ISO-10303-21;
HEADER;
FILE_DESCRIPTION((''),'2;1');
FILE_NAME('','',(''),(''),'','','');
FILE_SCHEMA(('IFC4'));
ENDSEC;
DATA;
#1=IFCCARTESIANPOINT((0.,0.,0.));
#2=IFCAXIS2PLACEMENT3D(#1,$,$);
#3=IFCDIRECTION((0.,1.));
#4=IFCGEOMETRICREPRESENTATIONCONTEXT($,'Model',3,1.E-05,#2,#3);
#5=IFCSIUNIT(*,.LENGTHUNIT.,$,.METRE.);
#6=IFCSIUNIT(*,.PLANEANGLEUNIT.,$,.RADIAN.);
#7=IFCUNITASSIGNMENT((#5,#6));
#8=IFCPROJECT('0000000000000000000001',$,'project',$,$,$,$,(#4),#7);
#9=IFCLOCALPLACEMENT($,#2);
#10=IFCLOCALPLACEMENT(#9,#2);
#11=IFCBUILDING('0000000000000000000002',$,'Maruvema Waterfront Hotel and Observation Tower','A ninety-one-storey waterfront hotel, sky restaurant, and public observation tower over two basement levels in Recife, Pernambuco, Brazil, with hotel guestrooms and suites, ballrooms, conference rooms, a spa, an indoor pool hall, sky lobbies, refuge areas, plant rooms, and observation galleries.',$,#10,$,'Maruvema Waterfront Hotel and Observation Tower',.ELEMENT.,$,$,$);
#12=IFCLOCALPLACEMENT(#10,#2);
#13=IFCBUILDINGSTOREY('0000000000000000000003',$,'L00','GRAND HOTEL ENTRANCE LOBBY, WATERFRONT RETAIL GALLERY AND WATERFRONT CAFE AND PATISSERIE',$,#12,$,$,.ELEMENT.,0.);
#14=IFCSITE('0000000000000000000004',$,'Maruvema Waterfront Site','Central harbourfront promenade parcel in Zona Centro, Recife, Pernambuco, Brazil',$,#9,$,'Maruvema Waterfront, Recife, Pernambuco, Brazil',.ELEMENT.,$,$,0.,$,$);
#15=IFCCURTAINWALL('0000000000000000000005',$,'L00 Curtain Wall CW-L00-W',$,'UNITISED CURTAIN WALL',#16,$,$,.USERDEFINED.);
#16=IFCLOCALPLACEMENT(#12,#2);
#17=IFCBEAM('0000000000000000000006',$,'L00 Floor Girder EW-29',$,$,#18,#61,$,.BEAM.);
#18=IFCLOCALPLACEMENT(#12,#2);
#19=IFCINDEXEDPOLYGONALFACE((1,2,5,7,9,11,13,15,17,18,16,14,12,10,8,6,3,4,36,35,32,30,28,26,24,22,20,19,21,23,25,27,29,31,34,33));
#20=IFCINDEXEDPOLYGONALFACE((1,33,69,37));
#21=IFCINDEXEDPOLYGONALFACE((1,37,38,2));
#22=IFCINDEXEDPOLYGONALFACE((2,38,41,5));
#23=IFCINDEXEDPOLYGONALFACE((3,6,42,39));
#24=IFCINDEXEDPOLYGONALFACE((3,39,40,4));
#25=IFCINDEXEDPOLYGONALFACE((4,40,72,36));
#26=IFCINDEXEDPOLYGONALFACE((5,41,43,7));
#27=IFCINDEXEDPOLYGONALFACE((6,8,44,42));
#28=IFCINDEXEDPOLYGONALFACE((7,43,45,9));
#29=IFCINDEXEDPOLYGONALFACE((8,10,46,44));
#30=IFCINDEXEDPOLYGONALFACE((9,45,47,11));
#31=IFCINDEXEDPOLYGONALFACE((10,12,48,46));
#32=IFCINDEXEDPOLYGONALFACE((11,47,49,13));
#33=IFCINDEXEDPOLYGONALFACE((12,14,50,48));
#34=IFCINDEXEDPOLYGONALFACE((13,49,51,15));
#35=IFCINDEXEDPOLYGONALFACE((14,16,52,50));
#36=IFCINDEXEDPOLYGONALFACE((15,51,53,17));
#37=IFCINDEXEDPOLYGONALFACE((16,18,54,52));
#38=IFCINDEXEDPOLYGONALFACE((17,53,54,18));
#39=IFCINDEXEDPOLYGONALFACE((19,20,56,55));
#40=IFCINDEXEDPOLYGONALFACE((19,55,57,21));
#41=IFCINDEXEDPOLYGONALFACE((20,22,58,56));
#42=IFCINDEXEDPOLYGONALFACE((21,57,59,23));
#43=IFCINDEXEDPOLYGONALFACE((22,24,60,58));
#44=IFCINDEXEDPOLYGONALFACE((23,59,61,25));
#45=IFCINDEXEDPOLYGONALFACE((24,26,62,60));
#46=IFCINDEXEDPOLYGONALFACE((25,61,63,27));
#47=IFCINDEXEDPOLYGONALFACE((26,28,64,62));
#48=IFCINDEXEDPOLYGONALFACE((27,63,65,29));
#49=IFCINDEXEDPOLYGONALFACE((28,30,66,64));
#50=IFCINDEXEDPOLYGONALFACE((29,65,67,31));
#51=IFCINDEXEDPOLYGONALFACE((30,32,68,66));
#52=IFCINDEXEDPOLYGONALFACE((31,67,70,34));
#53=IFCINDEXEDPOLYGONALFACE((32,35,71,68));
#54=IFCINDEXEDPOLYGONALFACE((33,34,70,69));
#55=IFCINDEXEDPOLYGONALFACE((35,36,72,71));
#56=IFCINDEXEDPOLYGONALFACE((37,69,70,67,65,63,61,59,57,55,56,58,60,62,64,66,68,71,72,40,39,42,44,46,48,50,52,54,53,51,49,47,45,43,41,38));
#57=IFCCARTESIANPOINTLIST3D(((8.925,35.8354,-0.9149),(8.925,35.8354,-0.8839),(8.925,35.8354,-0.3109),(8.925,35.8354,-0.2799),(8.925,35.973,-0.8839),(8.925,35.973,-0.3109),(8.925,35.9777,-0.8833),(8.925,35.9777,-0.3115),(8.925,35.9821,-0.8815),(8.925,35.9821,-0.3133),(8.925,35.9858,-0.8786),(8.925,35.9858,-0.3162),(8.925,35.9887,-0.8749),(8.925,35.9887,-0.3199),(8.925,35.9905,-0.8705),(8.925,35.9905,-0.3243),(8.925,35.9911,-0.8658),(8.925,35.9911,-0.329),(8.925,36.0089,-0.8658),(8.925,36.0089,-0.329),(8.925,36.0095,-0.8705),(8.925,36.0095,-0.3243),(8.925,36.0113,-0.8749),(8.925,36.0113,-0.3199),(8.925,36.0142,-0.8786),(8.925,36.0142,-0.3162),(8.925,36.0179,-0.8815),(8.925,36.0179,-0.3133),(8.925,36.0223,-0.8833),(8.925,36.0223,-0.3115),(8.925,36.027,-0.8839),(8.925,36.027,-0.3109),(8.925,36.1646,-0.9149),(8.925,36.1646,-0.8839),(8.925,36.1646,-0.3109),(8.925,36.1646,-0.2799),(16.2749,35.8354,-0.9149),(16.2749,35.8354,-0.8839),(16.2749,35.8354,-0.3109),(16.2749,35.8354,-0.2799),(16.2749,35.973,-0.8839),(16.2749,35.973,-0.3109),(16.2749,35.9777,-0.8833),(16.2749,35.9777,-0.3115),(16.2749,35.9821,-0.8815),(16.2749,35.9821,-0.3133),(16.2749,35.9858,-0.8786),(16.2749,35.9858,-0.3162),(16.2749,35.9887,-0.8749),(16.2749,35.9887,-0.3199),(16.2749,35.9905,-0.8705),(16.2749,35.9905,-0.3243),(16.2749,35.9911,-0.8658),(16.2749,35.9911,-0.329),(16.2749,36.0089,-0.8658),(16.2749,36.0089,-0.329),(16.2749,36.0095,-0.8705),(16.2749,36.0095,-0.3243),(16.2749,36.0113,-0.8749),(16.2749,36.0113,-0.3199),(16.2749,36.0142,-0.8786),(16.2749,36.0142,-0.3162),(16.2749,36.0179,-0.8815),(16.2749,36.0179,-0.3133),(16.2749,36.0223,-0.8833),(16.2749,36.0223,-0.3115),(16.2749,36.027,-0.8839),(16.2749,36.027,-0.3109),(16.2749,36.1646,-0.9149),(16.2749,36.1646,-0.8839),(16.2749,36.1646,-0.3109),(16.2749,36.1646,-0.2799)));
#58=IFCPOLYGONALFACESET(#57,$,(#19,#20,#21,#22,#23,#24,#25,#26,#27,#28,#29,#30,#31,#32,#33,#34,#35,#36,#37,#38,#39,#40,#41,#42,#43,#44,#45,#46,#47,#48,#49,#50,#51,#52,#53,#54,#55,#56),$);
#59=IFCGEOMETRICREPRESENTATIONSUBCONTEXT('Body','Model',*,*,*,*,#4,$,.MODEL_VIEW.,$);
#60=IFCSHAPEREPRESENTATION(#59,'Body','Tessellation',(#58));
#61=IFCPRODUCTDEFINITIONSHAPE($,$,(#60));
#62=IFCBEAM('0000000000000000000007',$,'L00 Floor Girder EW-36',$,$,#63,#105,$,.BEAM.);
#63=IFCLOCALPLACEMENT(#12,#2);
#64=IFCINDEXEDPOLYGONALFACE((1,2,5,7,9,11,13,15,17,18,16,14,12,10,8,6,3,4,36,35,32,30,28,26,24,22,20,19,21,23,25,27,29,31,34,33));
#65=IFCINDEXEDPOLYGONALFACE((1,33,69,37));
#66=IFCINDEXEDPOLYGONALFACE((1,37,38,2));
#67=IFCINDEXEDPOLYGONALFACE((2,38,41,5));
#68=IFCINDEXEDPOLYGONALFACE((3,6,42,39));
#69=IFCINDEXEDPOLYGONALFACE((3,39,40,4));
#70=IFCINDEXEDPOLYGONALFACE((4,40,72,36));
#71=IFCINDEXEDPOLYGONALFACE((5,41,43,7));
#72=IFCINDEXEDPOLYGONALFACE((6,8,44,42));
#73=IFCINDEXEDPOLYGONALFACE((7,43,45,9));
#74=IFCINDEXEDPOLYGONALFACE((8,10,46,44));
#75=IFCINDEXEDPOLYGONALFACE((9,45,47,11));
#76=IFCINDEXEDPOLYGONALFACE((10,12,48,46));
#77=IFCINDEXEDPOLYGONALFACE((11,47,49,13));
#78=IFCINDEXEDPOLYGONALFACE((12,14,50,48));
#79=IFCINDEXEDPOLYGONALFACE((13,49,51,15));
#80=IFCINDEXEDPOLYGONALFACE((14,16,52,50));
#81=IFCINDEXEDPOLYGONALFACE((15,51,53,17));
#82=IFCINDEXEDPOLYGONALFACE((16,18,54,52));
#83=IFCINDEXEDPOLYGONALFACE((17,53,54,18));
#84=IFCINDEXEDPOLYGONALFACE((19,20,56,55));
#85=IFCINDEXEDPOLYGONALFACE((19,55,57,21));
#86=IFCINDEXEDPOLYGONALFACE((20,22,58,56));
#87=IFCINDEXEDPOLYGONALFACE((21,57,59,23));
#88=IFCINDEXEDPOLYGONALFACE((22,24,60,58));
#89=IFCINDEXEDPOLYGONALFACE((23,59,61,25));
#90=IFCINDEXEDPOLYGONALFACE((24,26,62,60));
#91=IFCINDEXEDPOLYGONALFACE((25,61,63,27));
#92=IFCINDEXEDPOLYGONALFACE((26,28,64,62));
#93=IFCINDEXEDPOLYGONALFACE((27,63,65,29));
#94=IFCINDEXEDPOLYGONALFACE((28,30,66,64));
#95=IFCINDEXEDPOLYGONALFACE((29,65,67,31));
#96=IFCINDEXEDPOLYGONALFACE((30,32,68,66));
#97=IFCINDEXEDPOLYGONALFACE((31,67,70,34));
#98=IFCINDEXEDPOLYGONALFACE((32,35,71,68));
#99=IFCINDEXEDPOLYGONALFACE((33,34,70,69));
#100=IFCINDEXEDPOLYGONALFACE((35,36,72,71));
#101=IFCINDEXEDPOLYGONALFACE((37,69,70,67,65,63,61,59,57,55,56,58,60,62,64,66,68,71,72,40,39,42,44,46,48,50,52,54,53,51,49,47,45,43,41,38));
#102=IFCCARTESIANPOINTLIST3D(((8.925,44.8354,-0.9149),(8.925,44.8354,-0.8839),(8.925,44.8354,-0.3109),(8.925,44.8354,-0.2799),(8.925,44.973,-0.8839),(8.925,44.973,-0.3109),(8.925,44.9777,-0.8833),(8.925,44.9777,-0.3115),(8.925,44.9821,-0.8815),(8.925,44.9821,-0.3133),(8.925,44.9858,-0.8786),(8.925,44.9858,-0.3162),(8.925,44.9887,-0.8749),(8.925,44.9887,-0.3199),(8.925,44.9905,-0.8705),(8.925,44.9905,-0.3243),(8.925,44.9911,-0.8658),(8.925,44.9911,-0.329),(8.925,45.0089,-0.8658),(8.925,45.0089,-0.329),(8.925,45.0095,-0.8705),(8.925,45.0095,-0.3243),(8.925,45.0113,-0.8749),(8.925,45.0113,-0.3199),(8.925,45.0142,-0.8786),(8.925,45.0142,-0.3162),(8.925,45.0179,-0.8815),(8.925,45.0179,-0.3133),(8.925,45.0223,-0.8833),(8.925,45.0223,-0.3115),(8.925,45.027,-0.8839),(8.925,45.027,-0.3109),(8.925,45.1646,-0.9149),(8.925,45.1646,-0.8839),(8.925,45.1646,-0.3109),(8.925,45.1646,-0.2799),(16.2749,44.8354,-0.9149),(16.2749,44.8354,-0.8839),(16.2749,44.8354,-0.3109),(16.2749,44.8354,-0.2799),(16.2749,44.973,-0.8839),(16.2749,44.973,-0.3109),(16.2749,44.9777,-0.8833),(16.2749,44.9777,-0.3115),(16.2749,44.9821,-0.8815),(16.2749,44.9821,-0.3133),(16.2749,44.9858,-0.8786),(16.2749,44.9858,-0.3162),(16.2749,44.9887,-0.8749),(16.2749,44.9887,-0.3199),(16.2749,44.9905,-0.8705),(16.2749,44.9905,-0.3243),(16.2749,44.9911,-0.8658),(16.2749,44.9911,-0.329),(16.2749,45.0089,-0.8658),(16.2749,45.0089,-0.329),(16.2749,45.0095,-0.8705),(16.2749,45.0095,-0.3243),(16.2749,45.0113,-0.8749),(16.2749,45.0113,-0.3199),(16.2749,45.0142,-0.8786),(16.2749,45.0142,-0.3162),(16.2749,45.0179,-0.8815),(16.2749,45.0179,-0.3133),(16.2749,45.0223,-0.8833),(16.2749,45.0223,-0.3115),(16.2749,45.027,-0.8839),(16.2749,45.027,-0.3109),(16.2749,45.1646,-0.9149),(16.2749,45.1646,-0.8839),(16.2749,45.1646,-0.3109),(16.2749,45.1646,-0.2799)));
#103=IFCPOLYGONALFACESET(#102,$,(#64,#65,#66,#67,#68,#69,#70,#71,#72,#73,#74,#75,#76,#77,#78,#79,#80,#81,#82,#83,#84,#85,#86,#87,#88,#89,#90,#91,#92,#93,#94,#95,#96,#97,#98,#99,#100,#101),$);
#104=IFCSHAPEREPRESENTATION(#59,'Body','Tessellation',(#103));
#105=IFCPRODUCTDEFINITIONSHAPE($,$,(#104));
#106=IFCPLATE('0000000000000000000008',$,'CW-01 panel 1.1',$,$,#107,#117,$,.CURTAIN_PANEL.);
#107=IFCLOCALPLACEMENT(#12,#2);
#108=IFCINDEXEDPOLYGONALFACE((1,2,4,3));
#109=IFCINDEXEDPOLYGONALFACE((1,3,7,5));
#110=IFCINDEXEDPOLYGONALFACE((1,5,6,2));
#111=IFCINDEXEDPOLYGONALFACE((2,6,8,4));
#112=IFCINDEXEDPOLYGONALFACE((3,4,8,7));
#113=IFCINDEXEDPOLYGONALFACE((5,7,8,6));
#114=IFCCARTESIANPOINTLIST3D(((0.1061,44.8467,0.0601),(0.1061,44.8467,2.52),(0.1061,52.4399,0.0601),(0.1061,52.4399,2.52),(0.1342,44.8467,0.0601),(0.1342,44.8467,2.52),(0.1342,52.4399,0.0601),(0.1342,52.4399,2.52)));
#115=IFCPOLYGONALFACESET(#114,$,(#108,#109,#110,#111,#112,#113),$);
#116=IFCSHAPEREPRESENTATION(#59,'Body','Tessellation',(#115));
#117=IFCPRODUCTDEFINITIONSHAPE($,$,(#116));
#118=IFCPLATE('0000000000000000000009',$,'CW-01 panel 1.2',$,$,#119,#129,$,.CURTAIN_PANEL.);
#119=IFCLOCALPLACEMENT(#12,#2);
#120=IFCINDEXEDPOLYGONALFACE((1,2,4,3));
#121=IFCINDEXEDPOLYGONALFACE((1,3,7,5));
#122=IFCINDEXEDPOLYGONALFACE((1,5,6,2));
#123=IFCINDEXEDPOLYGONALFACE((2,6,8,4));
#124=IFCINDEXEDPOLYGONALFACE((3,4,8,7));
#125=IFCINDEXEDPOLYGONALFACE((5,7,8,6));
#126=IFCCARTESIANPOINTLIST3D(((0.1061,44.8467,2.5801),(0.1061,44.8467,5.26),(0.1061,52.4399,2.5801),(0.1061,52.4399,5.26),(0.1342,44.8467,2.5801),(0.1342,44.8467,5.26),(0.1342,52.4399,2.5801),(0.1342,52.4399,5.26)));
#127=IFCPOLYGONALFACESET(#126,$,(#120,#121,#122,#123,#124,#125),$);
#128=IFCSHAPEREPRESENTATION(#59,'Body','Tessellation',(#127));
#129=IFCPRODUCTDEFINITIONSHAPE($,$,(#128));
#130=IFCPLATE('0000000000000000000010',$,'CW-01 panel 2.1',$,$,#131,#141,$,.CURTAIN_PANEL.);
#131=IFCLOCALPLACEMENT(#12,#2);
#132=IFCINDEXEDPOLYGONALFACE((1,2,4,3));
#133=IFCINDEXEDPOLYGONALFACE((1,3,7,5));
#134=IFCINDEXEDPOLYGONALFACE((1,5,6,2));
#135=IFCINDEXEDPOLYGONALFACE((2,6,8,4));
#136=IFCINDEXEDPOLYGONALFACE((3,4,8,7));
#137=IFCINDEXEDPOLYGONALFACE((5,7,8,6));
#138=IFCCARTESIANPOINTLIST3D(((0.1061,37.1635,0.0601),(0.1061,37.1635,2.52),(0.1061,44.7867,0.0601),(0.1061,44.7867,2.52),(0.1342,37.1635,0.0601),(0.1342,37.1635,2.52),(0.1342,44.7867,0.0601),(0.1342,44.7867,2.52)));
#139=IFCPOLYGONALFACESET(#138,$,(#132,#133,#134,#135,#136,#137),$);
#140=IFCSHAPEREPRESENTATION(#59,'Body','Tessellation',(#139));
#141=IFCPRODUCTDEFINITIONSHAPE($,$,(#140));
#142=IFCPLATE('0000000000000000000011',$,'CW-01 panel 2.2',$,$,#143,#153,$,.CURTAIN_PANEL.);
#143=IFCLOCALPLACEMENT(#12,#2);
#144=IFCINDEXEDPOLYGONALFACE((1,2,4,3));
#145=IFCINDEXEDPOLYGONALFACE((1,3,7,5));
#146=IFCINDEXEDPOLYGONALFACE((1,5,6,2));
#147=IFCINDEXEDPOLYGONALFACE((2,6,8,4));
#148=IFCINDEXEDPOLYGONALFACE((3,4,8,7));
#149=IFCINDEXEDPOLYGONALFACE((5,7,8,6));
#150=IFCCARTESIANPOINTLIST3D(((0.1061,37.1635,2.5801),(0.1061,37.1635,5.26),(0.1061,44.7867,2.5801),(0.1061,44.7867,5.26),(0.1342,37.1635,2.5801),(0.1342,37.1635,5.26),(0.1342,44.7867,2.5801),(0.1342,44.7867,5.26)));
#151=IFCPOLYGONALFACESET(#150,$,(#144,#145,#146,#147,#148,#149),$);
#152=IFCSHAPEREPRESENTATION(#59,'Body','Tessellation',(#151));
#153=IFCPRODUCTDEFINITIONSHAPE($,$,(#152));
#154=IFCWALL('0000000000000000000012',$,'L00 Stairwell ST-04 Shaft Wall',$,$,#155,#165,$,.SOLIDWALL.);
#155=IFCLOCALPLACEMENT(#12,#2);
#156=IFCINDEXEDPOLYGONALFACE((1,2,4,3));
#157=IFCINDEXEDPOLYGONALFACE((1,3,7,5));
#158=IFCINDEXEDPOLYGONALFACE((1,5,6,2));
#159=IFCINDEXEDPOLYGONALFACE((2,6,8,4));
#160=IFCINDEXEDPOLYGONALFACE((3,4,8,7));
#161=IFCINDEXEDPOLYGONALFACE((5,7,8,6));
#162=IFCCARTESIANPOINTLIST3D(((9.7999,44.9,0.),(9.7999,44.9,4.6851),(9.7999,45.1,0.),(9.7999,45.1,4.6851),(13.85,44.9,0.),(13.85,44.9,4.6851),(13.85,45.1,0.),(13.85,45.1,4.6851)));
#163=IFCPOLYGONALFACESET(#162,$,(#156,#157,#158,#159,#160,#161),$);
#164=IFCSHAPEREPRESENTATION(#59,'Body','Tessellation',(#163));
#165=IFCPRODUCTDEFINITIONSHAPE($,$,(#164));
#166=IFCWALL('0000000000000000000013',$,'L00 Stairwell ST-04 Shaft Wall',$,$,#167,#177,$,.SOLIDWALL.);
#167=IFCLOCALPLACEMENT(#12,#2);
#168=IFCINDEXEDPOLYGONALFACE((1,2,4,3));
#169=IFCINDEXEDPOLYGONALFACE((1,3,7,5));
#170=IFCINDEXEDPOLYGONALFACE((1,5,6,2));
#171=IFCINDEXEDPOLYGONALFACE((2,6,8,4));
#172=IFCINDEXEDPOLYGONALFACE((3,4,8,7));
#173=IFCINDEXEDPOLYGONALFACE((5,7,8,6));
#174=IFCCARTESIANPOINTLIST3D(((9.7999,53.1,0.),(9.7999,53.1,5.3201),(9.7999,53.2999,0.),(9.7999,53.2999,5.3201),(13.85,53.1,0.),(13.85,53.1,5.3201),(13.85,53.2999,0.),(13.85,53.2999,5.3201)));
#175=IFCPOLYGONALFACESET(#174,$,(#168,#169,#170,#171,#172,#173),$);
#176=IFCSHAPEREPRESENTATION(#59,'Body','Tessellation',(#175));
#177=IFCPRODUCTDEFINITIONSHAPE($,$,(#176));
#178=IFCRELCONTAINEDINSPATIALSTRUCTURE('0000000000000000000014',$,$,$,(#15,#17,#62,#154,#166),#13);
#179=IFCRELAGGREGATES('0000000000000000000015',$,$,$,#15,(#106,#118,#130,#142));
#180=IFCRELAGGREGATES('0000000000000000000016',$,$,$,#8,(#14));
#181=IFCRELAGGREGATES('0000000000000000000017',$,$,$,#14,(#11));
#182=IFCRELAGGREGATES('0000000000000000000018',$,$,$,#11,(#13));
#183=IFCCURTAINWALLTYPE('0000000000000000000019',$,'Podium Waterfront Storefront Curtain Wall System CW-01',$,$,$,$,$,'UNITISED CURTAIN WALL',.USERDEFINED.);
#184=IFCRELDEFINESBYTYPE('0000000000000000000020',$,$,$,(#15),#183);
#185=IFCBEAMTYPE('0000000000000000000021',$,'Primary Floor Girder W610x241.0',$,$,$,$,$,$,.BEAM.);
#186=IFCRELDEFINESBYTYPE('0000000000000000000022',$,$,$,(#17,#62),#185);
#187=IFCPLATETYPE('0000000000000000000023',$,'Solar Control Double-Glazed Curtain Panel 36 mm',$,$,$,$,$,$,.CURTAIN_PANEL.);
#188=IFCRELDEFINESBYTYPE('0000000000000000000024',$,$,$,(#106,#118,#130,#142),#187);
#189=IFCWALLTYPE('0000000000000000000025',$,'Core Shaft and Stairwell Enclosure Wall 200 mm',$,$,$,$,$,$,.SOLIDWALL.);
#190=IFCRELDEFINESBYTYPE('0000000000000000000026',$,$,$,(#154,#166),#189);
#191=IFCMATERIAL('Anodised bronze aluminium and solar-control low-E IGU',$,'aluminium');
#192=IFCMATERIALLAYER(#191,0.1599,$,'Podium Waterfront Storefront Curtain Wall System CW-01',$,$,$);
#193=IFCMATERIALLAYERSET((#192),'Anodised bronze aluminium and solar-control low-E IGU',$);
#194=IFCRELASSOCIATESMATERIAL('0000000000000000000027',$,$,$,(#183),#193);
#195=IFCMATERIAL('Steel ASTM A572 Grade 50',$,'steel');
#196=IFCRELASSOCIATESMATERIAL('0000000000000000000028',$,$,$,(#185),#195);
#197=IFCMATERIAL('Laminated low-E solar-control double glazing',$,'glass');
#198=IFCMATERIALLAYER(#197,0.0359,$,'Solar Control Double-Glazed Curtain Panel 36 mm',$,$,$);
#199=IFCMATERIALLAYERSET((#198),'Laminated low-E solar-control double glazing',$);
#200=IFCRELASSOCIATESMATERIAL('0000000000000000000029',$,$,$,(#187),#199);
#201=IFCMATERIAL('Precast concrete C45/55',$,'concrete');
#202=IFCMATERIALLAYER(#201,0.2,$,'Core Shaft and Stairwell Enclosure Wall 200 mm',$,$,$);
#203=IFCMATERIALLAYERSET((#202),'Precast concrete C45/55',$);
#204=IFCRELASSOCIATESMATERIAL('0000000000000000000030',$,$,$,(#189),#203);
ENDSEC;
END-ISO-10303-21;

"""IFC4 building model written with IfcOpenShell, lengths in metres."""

from ifc_helpers import new_model, si_unit, direction, frame, frame_2d, origin, origin_2d, place, context, subcontext, project, spatial, rectangle, i_section, extrude, material, layer, layer_set, material_profile, profile_set, type_object, element, aggregate, save


model = new_model("IFC4")

# Units and contexts
model_context = context("Model", 3, precision=1e-05, world=origin(), true_north=direction((0.0, 1.0)))
body_context = subcontext(model_context, "Body", "Model", "MODEL_VIEW")
ifc_project = project(units=[si_unit("LENGTHUNIT", "METRE"), si_unit("PLANEANGLEUNIT", "RADIAN")], contexts=[model_context])

# Site, building, storey
site_placement = place(None, origin())
site = spatial("IfcSite", under=ifc_project, at=site_placement, Name="Maruvema Waterfront Site", Description="Central harbourfront promenade parcel in Zona Centro, Recife, Pernambuco, Brazil", LongName="Maruvema Waterfront, Recife, Pernambuco, Brazil", CompositionType="ELEMENT", RefElevation=0.0)
building_placement = place(site_placement, origin())
building = spatial("IfcBuilding", under=site, at=building_placement, Name="Maruvema Waterfront Hotel and Observation Tower", Description="A ninety-one-storey waterfront hotel, sky restaurant, and public observation tower over two basement levels in Recife, Pernambuco, Brazil, with hotel guestrooms and suites, ballrooms, conference rooms, a spa, an indoor pool hall, sky lobbies, refuge areas, plant rooms, and observation galleries.", LongName="Maruvema Waterfront Hotel and Observation Tower", CompositionType="ELEMENT")
storey_placement = place(building_placement, origin())
storey = spatial("IfcBuildingStorey", under=building, at=storey_placement, Name="L00", Description="GRAND HOTEL ENTRANCE LOBBY, WATERFRONT RETAIL GALLERY AND WATERFRONT CAFE AND PATISSERIE", CompositionType="ELEMENT", Elevation=0.0)

# Curtain wall
ifc_material_1 = material(Name="Anodised bronze aluminium and solar-control low-E IGU", Category="aluminium")
ifc_layer_1 = layer(ifc_material_1, 0.1599, Name="Podium Waterfront Storefront Curtain Wall System CW-01")
ifc_layer_set_1 = layer_set([ifc_layer_1], Name="Anodised bronze aluminium and solar-control low-E IGU")
curtain_wall_type = type_object("IfcCurtainWallType", Name="Podium Waterfront Storefront Curtain Wall System CW-01", ElementType="UNITISED CURTAIN WALL", PredefinedType="USERDEFINED", material=ifc_layer_set_1)
curtain_wall_placement = place(storey_placement, origin())
curtain_wall = element("IfcCurtainWall", 1, at=curtain_wall_placement, inside=storey, type_object=curtain_wall_type, Name="L00 Curtain Wall CW-L00-W", ObjectType="UNITISED CURTAIN WALL", PredefinedType="USERDEFINED")

# Beams
ifc_material_2 = material(Name="Steel ASTM A572 Grade 50", Category="steel")
ifc_material_profile_1 = material_profile(ifc_material_2, i_section(OverallWidth=0.3291, OverallDepth=0.635, WebThickness=0.0178, FlangeThickness=0.031, FilletRadius=0.0181, at=origin_2d()), Name="W610x241.0")
ifc_profile_set_1 = profile_set([ifc_material_profile_1], Name="Steel ASTM A572 Grade 50")
beam_type_1 = type_object("IfcBeamType", Name="Primary Floor Girder W610x241.0", PredefinedType="BEAM", material=ifc_profile_set_1)
for number, where, z_axis, x_axis, name in (
    (2, (8.925, 36.0, -0.5974), (1.0, 0.0, 0.0), (0.0, 1.0, 0.0), "L00 Floor Girder EW-29"),
    (3, (8.925, 45.0, -0.5974), (1.0, 0.0, 0.0), (0.0, 1.0, 0.0), "L00 Floor Girder EW-36"),
):
    element("IfcBeam", number, at=place(storey_placement, frame(where, z_axis=z_axis, x_axis=x_axis)), inside=storey, type_object=beam_type_1, Name=name, PredefinedType="BEAM", context=body_context, shape_type="SweptSolid", body=[
        extrude(i_section(OverallWidth=0.3291, OverallDepth=0.635, WebThickness=0.0178, FlangeThickness=0.031, FilletRadius=0.0181, at=origin_2d()), origin(), (0.0, 0.0, 1.0), 7.3499),
    ])

# Plates
ifc_material_3 = material(Name="Laminated low-E solar-control double glazing", Category="glass")
ifc_layer_2 = layer(ifc_material_3, 0.0359, Name="Solar Control Double-Glazed Curtain Panel 36 mm")
ifc_layer_set_2 = layer_set([ifc_layer_2], Name="Laminated low-E solar-control double glazing")
plate_type = type_object("IfcPlateType", Name="Solar Control Double-Glazed Curtain Panel 36 mm", PredefinedType="CURTAIN_PANEL", material=ifc_layer_set_2)
plate_1_placement = place(storey_placement, frame((0.1201, 48.6433, 0.0601), z_axis=(0.0, 0.0, 1.0), x_axis=(0.0, -1.0, 0.0)))
plate_1 = element("IfcPlate", 4, at=plate_1_placement, type_object=plate_type, Name="CW-01 panel 1.1", PredefinedType="CURTAIN_PANEL", context=body_context, shape_type="SweptSolid", body=[
    extrude(rectangle(XDim=7.5933, YDim=0.0281, at=origin_2d()), origin(), (0.0, 0.0, 1.0), 2.46),
])
plate_2_placement = place(storey_placement, frame((0.1201, 48.6433, 2.5801), z_axis=(0.0, 0.0, 1.0), x_axis=(0.0, -1.0, 0.0)))
plate_2 = element("IfcPlate", 5, at=plate_2_placement, type_object=plate_type, Name="CW-01 panel 1.2", PredefinedType="CURTAIN_PANEL", context=body_context, shape_type="SweptSolid", body=[
    extrude(rectangle(XDim=7.5933, YDim=0.0281, at=origin_2d()), origin(), (0.0, 0.0, 1.0), 2.6799),
])
plate_3_placement = place(storey_placement, frame((0.1201, 40.9751, 0.0601), z_axis=(0.0, 0.0, 1.0), x_axis=(0.0, -1.0, 0.0)))
plate_3 = element("IfcPlate", 6, at=plate_3_placement, type_object=plate_type, Name="CW-01 panel 2.1", PredefinedType="CURTAIN_PANEL", context=body_context, shape_type="SweptSolid", body=[
    extrude(rectangle(XDim=7.6233, YDim=0.0281, at=origin_2d()), origin(), (0.0, 0.0, 1.0), 2.46),
])
plate_4_placement = place(storey_placement, frame((0.1201, 40.9751, 2.5801), z_axis=(0.0, 0.0, 1.0), x_axis=(0.0, -1.0, 0.0)))
plate_4 = element("IfcPlate", 7, at=plate_4_placement, type_object=plate_type, Name="CW-01 panel 2.2", PredefinedType="CURTAIN_PANEL", context=body_context, shape_type="SweptSolid", body=[
    extrude(rectangle(XDim=7.6233, YDim=0.0281, at=origin_2d()), origin(), (0.0, 0.0, 1.0), 2.6799),
])
aggregate(curtain_wall, [plate_1, plate_2, plate_3, plate_4])

# Walls
ifc_material_4 = material(Name="Precast concrete C45/55", Category="concrete")
ifc_layer_3 = layer(ifc_material_4, 0.2, Name="Core Shaft and Stairwell Enclosure Wall 200 mm")
ifc_layer_set_3 = layer_set([ifc_layer_3], Name="Precast concrete C45/55")
wall_type_1 = type_object("IfcWallType", Name="Core Shaft and Stairwell Enclosure Wall 200 mm", PredefinedType="SOLIDWALL", material=ifc_layer_set_3)
wall_1_placement = place(storey_placement, frame((9.8, 45.0, 0.0), z_axis=(0.0, 0.0, 1.0), x_axis=(1.0, 0.0, 0.0)))
element("IfcWall", 8, at=wall_1_placement, inside=storey, type_object=wall_type_1, Name="L00 Stairwell ST-04 Shaft Wall", PredefinedType="SOLIDWALL", context=body_context, shape_type="SweptSolid", body=[
    extrude(rectangle(XDim=4.05, YDim=0.2, at=frame_2d((2.0249, 0.0))), origin(), (0.0, 0.0, 1.0), 4.6851),
])
wall_2_placement = place(storey_placement, frame((9.8, 53.2, 0.0), z_axis=(0.0, 0.0, 1.0), x_axis=(1.0, 0.0, 0.0)))
element("IfcWall", 9, at=wall_2_placement, inside=storey, type_object=wall_type_1, Name="L00 Stairwell ST-04 Shaft Wall", PredefinedType="SOLIDWALL", context=body_context, shape_type="SweptSolid", body=[
    extrude(rectangle(XDim=4.05, YDim=0.2, at=frame_2d((2.0249, 0.0))), origin(), (0.0, 0.0, 1.0), 5.3201),
])

save(model, "model.ifc")
